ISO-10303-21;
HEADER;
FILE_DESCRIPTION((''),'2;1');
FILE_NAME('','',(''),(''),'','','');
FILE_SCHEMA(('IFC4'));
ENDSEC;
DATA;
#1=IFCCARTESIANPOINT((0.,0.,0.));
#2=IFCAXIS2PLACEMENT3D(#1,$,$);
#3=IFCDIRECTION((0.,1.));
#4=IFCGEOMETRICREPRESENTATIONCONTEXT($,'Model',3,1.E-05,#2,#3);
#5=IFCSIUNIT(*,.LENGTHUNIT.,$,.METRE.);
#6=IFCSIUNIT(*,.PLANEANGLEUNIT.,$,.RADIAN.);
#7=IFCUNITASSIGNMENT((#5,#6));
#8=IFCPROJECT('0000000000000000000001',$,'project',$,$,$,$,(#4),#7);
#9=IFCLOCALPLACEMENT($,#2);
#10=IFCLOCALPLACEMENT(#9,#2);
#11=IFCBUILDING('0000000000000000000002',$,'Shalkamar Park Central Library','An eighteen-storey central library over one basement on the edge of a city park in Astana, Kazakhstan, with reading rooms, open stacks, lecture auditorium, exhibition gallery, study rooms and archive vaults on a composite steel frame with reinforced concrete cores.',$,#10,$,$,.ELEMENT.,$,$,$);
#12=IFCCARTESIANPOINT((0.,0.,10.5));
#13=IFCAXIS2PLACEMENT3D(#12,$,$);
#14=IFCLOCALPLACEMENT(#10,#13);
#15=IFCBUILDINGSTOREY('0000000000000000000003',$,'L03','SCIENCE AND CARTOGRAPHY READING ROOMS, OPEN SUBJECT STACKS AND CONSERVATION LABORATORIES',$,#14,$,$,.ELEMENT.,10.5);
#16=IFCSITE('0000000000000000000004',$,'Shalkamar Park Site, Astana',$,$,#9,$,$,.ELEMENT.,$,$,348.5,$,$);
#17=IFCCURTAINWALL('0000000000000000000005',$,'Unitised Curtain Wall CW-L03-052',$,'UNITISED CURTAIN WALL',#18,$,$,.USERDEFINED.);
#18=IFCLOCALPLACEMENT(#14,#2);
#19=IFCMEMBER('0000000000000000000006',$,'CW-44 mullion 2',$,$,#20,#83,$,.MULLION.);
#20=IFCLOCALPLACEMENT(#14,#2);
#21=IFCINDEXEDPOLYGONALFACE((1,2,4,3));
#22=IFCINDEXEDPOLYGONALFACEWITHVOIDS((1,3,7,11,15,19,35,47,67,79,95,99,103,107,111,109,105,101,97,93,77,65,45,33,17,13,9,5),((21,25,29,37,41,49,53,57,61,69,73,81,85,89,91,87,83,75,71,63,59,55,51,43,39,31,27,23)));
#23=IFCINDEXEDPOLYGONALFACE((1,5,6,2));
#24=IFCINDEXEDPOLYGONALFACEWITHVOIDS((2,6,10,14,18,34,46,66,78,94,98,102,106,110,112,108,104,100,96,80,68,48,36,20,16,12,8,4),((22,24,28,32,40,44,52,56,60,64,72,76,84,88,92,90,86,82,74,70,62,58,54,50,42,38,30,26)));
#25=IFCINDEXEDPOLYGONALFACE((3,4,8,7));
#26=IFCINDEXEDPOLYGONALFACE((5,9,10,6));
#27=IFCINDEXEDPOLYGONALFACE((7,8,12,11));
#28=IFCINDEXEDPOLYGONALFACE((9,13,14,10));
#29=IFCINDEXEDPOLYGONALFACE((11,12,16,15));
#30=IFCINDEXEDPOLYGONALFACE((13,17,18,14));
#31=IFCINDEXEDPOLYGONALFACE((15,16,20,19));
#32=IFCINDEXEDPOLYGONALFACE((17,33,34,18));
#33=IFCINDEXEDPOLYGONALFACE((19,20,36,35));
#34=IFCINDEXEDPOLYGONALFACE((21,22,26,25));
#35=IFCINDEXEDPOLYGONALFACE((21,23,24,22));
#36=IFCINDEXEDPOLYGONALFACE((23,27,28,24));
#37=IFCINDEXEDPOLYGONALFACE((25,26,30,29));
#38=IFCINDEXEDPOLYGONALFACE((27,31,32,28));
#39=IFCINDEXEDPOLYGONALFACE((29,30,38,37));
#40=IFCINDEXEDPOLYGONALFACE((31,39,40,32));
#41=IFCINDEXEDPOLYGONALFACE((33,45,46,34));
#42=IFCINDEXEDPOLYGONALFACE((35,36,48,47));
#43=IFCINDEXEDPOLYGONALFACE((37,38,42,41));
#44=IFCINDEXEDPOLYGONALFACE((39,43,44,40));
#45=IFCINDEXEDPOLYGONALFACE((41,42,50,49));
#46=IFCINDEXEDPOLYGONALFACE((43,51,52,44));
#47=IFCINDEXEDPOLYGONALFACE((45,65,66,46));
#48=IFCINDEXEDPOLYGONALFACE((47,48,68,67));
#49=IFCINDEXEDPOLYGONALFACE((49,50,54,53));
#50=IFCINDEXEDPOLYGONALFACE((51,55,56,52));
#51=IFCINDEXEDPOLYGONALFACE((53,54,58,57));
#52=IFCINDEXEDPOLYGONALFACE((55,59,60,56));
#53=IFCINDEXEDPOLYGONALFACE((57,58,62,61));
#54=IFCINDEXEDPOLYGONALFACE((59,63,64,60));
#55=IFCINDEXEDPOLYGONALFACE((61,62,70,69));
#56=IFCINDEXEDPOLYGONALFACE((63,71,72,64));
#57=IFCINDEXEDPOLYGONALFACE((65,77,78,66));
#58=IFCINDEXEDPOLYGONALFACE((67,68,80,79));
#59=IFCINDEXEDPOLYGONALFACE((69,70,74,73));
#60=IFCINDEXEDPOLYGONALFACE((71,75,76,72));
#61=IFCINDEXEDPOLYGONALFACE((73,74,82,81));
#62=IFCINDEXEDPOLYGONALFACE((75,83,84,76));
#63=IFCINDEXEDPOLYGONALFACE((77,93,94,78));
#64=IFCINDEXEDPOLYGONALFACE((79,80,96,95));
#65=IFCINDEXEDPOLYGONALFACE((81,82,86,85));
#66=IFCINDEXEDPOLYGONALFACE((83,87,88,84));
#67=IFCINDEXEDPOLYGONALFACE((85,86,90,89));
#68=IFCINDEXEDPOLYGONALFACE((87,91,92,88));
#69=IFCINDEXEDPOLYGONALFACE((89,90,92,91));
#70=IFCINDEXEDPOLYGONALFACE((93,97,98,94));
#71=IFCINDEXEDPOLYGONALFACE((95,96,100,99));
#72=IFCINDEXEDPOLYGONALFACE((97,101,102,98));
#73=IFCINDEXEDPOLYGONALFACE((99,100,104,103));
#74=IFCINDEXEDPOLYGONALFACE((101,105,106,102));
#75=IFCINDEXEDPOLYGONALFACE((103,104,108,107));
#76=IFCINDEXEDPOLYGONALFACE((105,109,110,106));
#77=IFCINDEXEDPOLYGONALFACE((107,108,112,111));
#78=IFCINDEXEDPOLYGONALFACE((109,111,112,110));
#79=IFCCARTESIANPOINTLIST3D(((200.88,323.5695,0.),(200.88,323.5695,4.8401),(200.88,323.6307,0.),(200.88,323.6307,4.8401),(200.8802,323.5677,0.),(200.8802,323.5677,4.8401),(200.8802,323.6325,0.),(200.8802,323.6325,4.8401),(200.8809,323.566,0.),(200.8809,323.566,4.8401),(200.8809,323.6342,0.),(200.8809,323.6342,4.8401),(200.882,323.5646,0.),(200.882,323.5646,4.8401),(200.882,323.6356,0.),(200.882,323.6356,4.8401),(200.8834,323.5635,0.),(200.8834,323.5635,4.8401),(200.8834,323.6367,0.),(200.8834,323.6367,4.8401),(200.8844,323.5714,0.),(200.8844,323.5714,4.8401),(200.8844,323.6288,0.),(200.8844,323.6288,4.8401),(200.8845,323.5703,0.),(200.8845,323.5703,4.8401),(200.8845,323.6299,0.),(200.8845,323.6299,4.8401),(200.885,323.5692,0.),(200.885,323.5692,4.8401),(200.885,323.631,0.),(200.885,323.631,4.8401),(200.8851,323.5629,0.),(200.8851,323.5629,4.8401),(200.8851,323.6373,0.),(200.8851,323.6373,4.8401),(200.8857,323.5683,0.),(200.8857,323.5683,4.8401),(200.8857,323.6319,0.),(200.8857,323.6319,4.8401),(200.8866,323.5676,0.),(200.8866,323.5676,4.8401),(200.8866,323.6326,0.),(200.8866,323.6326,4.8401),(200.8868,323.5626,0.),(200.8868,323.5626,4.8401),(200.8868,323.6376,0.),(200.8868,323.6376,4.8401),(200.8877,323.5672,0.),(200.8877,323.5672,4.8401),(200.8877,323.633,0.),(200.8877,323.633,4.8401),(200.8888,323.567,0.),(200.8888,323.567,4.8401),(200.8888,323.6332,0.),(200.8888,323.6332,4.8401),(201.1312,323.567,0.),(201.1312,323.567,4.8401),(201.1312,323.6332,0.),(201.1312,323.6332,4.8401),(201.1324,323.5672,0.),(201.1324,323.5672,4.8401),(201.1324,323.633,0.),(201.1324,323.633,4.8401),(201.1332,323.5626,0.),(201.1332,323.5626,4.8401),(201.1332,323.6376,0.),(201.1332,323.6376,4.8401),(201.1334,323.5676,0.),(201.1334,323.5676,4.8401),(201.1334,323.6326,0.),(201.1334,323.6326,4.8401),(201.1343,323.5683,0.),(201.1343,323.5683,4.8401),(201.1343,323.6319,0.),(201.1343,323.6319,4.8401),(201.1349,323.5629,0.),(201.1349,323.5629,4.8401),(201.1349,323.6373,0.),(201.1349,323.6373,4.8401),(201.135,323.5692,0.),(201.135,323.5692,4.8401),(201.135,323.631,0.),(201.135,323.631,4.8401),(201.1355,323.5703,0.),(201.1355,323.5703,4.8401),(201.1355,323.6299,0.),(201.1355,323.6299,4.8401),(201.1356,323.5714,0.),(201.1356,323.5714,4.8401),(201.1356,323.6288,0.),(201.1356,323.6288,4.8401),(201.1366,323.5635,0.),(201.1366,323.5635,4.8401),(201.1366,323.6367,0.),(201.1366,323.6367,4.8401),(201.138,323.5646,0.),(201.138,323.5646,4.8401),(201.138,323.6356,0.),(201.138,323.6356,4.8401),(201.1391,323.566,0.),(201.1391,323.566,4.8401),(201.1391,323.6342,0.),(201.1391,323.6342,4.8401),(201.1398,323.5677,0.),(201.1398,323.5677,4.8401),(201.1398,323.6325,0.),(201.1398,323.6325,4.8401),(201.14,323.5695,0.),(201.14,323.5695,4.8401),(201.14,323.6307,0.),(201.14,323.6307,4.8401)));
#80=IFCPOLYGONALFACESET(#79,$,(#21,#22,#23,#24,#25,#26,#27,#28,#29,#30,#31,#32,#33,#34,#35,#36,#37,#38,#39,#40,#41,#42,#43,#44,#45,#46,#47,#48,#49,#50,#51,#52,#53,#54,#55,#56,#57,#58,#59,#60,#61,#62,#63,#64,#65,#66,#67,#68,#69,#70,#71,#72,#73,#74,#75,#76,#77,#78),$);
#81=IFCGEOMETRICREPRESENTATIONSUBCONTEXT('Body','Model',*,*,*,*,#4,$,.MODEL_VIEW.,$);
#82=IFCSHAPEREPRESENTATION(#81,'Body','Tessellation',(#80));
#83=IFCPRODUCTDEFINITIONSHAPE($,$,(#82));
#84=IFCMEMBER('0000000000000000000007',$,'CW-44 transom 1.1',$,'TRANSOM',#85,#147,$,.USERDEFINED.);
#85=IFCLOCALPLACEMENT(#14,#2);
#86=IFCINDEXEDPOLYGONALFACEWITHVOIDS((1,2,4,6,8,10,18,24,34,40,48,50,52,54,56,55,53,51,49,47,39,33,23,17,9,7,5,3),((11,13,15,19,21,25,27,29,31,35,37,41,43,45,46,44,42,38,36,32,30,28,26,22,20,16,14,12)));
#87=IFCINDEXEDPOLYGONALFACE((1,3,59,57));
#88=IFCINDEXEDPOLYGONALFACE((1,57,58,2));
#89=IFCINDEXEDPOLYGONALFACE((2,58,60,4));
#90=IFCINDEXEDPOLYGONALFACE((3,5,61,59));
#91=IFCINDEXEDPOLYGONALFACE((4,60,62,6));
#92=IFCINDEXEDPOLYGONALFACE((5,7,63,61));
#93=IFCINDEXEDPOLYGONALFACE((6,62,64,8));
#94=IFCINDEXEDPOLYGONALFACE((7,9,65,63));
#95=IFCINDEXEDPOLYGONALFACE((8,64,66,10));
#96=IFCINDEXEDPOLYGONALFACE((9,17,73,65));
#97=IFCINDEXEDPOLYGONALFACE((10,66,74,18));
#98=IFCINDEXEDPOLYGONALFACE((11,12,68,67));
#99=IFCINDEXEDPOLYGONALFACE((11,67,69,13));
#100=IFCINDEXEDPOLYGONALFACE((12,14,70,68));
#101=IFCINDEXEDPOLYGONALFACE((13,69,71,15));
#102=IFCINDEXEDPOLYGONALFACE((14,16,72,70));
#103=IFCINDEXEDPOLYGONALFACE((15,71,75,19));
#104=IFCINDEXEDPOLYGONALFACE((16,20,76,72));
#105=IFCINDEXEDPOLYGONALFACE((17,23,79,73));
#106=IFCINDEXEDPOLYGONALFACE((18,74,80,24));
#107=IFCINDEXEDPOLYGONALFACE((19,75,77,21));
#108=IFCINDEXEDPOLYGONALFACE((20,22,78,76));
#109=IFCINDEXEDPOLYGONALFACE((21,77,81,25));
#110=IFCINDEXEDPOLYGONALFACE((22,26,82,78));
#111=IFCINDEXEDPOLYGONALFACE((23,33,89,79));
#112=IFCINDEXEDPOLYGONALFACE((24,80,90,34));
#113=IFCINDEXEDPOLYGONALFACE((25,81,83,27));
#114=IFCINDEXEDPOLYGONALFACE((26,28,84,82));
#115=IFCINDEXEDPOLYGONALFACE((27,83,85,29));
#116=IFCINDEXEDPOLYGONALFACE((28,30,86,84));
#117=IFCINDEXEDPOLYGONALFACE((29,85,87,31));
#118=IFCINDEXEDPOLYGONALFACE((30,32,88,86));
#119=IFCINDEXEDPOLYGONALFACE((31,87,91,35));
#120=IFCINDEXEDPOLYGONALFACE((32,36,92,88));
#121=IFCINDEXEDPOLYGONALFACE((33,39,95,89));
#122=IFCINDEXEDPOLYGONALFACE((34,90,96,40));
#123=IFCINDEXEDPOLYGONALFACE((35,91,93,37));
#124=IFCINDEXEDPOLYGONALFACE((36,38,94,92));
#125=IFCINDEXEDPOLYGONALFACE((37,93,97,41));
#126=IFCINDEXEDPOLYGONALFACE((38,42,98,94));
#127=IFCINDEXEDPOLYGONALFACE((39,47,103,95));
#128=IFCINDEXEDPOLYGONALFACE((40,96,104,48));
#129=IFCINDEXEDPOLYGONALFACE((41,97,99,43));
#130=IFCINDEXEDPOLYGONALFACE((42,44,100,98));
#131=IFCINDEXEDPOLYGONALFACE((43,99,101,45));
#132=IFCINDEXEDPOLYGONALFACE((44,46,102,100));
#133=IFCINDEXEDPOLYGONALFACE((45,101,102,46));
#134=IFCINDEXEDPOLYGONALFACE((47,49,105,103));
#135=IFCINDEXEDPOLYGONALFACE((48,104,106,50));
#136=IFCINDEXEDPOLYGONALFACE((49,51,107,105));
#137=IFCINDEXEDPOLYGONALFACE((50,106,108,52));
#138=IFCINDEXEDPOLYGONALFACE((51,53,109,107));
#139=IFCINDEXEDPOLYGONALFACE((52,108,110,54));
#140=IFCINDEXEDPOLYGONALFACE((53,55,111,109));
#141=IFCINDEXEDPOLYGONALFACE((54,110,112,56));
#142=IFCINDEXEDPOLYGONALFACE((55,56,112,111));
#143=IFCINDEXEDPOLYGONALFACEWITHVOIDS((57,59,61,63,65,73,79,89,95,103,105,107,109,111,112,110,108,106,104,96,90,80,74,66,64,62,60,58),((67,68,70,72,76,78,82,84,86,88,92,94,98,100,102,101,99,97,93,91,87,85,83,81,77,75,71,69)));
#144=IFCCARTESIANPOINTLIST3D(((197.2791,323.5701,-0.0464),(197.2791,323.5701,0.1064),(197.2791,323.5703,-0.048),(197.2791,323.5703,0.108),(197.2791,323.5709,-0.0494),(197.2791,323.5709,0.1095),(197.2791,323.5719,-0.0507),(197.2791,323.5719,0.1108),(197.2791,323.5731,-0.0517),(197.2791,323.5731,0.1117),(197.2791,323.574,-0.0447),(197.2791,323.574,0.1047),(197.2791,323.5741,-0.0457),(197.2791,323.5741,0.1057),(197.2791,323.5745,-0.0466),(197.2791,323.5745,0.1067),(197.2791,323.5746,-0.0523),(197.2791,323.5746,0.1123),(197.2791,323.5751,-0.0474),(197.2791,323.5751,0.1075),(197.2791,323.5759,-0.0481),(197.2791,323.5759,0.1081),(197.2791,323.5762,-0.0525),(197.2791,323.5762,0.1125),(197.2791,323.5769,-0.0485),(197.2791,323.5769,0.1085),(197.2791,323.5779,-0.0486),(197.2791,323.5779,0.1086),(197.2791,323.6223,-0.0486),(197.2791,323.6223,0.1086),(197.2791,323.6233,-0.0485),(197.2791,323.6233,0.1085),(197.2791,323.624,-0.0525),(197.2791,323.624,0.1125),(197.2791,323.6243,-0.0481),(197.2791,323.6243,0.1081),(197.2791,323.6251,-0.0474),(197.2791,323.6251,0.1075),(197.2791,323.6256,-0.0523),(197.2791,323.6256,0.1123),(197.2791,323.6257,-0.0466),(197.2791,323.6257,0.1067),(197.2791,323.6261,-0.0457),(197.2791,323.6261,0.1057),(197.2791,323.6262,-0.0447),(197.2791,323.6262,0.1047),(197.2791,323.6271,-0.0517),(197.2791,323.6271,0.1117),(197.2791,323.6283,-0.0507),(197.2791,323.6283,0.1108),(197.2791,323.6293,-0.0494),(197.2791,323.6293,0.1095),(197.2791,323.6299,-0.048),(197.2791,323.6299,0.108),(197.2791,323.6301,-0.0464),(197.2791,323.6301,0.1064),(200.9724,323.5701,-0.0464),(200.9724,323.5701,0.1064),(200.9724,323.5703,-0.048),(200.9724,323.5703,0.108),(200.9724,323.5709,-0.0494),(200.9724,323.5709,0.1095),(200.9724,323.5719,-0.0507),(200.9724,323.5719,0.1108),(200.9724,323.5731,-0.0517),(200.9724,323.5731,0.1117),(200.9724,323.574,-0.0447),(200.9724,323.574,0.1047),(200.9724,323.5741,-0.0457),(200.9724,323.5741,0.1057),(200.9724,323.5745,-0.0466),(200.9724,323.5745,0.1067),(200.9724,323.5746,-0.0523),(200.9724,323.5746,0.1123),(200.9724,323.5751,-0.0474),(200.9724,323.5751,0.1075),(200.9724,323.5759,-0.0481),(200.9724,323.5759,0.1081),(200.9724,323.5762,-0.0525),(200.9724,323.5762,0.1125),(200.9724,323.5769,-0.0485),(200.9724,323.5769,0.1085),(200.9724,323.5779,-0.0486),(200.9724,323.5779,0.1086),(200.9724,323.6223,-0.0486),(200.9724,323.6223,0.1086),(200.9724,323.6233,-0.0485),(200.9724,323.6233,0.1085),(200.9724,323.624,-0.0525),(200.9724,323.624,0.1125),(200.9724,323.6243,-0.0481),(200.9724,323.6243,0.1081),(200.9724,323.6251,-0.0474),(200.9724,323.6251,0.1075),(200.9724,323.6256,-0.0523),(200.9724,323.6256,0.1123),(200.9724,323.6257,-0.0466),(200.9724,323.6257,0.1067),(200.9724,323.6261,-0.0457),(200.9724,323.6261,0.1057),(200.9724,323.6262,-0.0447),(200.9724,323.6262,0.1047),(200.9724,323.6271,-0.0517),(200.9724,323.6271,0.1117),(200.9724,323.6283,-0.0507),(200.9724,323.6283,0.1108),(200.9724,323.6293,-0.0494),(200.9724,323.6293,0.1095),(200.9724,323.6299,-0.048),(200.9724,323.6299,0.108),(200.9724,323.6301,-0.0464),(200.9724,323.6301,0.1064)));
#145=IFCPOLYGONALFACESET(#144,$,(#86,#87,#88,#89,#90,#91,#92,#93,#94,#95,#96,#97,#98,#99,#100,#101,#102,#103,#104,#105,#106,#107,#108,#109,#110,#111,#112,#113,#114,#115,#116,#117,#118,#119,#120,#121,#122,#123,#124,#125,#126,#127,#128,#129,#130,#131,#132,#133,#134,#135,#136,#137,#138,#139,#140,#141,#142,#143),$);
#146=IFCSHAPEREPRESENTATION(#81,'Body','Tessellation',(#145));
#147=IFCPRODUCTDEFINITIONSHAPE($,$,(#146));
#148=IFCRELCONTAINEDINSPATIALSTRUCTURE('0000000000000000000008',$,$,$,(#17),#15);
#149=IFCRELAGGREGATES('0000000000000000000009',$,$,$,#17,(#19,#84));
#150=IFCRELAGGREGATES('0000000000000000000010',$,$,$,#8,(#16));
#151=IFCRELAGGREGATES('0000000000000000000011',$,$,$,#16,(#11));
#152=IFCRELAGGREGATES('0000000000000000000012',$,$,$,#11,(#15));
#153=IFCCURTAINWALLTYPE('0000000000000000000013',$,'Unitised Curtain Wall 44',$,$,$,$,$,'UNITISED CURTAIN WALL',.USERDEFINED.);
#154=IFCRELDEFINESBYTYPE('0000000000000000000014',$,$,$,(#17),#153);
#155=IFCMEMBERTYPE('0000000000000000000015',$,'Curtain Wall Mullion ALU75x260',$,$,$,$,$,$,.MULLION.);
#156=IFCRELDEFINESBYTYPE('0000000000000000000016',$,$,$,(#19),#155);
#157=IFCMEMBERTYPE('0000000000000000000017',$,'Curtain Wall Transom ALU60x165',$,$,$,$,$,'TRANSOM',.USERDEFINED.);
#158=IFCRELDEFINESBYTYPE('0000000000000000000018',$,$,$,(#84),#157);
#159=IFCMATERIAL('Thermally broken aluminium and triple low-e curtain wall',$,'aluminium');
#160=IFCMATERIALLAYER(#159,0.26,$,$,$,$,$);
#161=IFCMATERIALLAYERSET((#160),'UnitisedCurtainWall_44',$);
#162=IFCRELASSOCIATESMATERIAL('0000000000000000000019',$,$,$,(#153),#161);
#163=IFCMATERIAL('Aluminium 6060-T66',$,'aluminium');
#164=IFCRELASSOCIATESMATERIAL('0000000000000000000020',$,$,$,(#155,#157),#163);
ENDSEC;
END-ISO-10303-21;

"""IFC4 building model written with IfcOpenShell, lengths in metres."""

from ifc_helpers import new_model, si_unit, direction, frame, origin, origin_2d, place, context, subcontext, project, spatial, hollow_rectangle, extrude, material, layer, layer_set, material_profile, profile_set, type_object, element, aggregate, save


model = new_model("IFC4")

# Units and contexts
model_context = context("Model", 3, precision=1e-05, world=origin(), true_north=direction((0.0, 1.0)))
body_context = subcontext(model_context, "Body", "Model", "MODEL_VIEW")
ifc_project = project(units=[si_unit("LENGTHUNIT", "METRE"), si_unit("PLANEANGLEUNIT", "RADIAN")], contexts=[model_context])

# Site, building, storey
site_placement = place(None, origin())
site = spatial("IfcSite", under=ifc_project, at=site_placement, Name="Shalkamar Park Site, Astana", CompositionType="ELEMENT", RefElevation=348.5)
building_placement = place(site_placement, origin())
building = spatial("IfcBuilding", under=site, at=building_placement, Name="Shalkamar Park Central Library", Description="An eighteen-storey central library over one basement on the edge of a city park in Astana, Kazakhstan, with reading rooms, open stacks, lecture auditorium, exhibition gallery, study rooms and archive vaults on a composite steel frame with reinforced concrete cores.", CompositionType="ELEMENT")
storey_placement = place(building_placement, frame((0.0, 0.0, 10.5)))
storey = spatial("IfcBuildingStorey", under=building, at=storey_placement, Name="L03", Description="SCIENCE AND CARTOGRAPHY READING ROOMS, OPEN SUBJECT STACKS AND CONSERVATION LABORATORIES", CompositionType="ELEMENT", Elevation=10.5)

# Shared definitions
ifc_material_1 = material(Name="Thermally broken aluminium and triple low-e curtain wall", Category="aluminium")
ifc_material_2 = material(Name="Aluminium 6060-T66", Category="aluminium")

# Curtain wall, members
ifc_layer_1 = layer(ifc_material_1, 0.26)
ifc_layer_set_1 = layer_set([ifc_layer_1], Name="UnitisedCurtainWall_44")
curtain_wall_type_1 = type_object("IfcCurtainWallType", Name="Unitised Curtain Wall 44", ElementType="UNITISED CURTAIN WALL", PredefinedType="USERDEFINED", material=ifc_layer_set_1)
curtain_wall_1_placement = place(storey_placement, origin())
curtain_wall_1 = element("IfcCurtainWall", 1, at=curtain_wall_1_placement, inside=storey, type_object=curtain_wall_type_1, Name="Unitised Curtain Wall CW-L03-052", ObjectType="UNITISED CURTAIN WALL", PredefinedType="USERDEFINED")
ifc_material_profile_1 = material_profile(ifc_material_2, hollow_rectangle(XDim=0.075, YDim=0.26, WallThickness=0.0044, InnerFilletRadius=0.0044, OuterFilletRadius=0.0068, at=origin_2d()), Name="ALU 75x260x4.5")
ifc_profile_set_1 = profile_set([ifc_material_profile_1], Name="Aluminium 6060-T66")
member_type_1 = type_object("IfcMemberType", Name="Curtain Wall Mullion ALU75x260", PredefinedType="MULLION", material=ifc_profile_set_1)
member_1_placement = place(storey_placement, frame((201.01, 323.6001, 0.0), z_axis=(0.0, 0.0, 1.0), x_axis=(0.0, 1.0, 0.0)))
member_1 = element("IfcMember", 2, at=member_1_placement, type_object=member_type_1, Name="CW-44 mullion 2", PredefinedType="MULLION", context=body_context, shape_type="SweptSolid", body=[
    extrude(hollow_rectangle(XDim=0.075, YDim=0.26, WallThickness=0.0044, InnerFilletRadius=0.0044, OuterFilletRadius=0.0068, at=origin_2d()), origin(), (0.0, 0.0, 1.0), 4.8401),
])
ifc_material_profile_2 = material_profile(ifc_material_2, hollow_rectangle(XDim=0.0601, YDim=0.165, WallThickness=0.0039, InnerFilletRadius=0.0039, OuterFilletRadius=0.0061, at=origin_2d()), Name="ALU 60x165x4")
ifc_profile_set_2 = profile_set([ifc_material_profile_2], Name="Aluminium 6060-T66")
member_type_2 = type_object("IfcMemberType", Name="Curtain Wall Transom ALU60x165", ElementType="TRANSOM", PredefinedType="USERDEFINED", material=ifc_profile_set_2)
member_2_placement = place(storey_placement, frame((197.2791, 323.6001, 0.03), z_axis=(1.0, 0.0, 0.0), x_axis=(0.0, 1.0, 0.0)))
member_2 = element("IfcMember", 3, at=member_2_placement, type_object=member_type_2, Name="CW-44 transom 1.1", ObjectType="TRANSOM", PredefinedType="USERDEFINED", context=body_context, shape_type="SweptSolid", body=[
    extrude(hollow_rectangle(XDim=0.0601, YDim=0.165, WallThickness=0.0039, InnerFilletRadius=0.0039, OuterFilletRadius=0.0061, at=origin_2d()), origin(), (0.0, 0.0, 1.0), 3.6934),
])

aggregate(curtain_wall_1, [member_1, member_2])

save(model, "model.ifc")
